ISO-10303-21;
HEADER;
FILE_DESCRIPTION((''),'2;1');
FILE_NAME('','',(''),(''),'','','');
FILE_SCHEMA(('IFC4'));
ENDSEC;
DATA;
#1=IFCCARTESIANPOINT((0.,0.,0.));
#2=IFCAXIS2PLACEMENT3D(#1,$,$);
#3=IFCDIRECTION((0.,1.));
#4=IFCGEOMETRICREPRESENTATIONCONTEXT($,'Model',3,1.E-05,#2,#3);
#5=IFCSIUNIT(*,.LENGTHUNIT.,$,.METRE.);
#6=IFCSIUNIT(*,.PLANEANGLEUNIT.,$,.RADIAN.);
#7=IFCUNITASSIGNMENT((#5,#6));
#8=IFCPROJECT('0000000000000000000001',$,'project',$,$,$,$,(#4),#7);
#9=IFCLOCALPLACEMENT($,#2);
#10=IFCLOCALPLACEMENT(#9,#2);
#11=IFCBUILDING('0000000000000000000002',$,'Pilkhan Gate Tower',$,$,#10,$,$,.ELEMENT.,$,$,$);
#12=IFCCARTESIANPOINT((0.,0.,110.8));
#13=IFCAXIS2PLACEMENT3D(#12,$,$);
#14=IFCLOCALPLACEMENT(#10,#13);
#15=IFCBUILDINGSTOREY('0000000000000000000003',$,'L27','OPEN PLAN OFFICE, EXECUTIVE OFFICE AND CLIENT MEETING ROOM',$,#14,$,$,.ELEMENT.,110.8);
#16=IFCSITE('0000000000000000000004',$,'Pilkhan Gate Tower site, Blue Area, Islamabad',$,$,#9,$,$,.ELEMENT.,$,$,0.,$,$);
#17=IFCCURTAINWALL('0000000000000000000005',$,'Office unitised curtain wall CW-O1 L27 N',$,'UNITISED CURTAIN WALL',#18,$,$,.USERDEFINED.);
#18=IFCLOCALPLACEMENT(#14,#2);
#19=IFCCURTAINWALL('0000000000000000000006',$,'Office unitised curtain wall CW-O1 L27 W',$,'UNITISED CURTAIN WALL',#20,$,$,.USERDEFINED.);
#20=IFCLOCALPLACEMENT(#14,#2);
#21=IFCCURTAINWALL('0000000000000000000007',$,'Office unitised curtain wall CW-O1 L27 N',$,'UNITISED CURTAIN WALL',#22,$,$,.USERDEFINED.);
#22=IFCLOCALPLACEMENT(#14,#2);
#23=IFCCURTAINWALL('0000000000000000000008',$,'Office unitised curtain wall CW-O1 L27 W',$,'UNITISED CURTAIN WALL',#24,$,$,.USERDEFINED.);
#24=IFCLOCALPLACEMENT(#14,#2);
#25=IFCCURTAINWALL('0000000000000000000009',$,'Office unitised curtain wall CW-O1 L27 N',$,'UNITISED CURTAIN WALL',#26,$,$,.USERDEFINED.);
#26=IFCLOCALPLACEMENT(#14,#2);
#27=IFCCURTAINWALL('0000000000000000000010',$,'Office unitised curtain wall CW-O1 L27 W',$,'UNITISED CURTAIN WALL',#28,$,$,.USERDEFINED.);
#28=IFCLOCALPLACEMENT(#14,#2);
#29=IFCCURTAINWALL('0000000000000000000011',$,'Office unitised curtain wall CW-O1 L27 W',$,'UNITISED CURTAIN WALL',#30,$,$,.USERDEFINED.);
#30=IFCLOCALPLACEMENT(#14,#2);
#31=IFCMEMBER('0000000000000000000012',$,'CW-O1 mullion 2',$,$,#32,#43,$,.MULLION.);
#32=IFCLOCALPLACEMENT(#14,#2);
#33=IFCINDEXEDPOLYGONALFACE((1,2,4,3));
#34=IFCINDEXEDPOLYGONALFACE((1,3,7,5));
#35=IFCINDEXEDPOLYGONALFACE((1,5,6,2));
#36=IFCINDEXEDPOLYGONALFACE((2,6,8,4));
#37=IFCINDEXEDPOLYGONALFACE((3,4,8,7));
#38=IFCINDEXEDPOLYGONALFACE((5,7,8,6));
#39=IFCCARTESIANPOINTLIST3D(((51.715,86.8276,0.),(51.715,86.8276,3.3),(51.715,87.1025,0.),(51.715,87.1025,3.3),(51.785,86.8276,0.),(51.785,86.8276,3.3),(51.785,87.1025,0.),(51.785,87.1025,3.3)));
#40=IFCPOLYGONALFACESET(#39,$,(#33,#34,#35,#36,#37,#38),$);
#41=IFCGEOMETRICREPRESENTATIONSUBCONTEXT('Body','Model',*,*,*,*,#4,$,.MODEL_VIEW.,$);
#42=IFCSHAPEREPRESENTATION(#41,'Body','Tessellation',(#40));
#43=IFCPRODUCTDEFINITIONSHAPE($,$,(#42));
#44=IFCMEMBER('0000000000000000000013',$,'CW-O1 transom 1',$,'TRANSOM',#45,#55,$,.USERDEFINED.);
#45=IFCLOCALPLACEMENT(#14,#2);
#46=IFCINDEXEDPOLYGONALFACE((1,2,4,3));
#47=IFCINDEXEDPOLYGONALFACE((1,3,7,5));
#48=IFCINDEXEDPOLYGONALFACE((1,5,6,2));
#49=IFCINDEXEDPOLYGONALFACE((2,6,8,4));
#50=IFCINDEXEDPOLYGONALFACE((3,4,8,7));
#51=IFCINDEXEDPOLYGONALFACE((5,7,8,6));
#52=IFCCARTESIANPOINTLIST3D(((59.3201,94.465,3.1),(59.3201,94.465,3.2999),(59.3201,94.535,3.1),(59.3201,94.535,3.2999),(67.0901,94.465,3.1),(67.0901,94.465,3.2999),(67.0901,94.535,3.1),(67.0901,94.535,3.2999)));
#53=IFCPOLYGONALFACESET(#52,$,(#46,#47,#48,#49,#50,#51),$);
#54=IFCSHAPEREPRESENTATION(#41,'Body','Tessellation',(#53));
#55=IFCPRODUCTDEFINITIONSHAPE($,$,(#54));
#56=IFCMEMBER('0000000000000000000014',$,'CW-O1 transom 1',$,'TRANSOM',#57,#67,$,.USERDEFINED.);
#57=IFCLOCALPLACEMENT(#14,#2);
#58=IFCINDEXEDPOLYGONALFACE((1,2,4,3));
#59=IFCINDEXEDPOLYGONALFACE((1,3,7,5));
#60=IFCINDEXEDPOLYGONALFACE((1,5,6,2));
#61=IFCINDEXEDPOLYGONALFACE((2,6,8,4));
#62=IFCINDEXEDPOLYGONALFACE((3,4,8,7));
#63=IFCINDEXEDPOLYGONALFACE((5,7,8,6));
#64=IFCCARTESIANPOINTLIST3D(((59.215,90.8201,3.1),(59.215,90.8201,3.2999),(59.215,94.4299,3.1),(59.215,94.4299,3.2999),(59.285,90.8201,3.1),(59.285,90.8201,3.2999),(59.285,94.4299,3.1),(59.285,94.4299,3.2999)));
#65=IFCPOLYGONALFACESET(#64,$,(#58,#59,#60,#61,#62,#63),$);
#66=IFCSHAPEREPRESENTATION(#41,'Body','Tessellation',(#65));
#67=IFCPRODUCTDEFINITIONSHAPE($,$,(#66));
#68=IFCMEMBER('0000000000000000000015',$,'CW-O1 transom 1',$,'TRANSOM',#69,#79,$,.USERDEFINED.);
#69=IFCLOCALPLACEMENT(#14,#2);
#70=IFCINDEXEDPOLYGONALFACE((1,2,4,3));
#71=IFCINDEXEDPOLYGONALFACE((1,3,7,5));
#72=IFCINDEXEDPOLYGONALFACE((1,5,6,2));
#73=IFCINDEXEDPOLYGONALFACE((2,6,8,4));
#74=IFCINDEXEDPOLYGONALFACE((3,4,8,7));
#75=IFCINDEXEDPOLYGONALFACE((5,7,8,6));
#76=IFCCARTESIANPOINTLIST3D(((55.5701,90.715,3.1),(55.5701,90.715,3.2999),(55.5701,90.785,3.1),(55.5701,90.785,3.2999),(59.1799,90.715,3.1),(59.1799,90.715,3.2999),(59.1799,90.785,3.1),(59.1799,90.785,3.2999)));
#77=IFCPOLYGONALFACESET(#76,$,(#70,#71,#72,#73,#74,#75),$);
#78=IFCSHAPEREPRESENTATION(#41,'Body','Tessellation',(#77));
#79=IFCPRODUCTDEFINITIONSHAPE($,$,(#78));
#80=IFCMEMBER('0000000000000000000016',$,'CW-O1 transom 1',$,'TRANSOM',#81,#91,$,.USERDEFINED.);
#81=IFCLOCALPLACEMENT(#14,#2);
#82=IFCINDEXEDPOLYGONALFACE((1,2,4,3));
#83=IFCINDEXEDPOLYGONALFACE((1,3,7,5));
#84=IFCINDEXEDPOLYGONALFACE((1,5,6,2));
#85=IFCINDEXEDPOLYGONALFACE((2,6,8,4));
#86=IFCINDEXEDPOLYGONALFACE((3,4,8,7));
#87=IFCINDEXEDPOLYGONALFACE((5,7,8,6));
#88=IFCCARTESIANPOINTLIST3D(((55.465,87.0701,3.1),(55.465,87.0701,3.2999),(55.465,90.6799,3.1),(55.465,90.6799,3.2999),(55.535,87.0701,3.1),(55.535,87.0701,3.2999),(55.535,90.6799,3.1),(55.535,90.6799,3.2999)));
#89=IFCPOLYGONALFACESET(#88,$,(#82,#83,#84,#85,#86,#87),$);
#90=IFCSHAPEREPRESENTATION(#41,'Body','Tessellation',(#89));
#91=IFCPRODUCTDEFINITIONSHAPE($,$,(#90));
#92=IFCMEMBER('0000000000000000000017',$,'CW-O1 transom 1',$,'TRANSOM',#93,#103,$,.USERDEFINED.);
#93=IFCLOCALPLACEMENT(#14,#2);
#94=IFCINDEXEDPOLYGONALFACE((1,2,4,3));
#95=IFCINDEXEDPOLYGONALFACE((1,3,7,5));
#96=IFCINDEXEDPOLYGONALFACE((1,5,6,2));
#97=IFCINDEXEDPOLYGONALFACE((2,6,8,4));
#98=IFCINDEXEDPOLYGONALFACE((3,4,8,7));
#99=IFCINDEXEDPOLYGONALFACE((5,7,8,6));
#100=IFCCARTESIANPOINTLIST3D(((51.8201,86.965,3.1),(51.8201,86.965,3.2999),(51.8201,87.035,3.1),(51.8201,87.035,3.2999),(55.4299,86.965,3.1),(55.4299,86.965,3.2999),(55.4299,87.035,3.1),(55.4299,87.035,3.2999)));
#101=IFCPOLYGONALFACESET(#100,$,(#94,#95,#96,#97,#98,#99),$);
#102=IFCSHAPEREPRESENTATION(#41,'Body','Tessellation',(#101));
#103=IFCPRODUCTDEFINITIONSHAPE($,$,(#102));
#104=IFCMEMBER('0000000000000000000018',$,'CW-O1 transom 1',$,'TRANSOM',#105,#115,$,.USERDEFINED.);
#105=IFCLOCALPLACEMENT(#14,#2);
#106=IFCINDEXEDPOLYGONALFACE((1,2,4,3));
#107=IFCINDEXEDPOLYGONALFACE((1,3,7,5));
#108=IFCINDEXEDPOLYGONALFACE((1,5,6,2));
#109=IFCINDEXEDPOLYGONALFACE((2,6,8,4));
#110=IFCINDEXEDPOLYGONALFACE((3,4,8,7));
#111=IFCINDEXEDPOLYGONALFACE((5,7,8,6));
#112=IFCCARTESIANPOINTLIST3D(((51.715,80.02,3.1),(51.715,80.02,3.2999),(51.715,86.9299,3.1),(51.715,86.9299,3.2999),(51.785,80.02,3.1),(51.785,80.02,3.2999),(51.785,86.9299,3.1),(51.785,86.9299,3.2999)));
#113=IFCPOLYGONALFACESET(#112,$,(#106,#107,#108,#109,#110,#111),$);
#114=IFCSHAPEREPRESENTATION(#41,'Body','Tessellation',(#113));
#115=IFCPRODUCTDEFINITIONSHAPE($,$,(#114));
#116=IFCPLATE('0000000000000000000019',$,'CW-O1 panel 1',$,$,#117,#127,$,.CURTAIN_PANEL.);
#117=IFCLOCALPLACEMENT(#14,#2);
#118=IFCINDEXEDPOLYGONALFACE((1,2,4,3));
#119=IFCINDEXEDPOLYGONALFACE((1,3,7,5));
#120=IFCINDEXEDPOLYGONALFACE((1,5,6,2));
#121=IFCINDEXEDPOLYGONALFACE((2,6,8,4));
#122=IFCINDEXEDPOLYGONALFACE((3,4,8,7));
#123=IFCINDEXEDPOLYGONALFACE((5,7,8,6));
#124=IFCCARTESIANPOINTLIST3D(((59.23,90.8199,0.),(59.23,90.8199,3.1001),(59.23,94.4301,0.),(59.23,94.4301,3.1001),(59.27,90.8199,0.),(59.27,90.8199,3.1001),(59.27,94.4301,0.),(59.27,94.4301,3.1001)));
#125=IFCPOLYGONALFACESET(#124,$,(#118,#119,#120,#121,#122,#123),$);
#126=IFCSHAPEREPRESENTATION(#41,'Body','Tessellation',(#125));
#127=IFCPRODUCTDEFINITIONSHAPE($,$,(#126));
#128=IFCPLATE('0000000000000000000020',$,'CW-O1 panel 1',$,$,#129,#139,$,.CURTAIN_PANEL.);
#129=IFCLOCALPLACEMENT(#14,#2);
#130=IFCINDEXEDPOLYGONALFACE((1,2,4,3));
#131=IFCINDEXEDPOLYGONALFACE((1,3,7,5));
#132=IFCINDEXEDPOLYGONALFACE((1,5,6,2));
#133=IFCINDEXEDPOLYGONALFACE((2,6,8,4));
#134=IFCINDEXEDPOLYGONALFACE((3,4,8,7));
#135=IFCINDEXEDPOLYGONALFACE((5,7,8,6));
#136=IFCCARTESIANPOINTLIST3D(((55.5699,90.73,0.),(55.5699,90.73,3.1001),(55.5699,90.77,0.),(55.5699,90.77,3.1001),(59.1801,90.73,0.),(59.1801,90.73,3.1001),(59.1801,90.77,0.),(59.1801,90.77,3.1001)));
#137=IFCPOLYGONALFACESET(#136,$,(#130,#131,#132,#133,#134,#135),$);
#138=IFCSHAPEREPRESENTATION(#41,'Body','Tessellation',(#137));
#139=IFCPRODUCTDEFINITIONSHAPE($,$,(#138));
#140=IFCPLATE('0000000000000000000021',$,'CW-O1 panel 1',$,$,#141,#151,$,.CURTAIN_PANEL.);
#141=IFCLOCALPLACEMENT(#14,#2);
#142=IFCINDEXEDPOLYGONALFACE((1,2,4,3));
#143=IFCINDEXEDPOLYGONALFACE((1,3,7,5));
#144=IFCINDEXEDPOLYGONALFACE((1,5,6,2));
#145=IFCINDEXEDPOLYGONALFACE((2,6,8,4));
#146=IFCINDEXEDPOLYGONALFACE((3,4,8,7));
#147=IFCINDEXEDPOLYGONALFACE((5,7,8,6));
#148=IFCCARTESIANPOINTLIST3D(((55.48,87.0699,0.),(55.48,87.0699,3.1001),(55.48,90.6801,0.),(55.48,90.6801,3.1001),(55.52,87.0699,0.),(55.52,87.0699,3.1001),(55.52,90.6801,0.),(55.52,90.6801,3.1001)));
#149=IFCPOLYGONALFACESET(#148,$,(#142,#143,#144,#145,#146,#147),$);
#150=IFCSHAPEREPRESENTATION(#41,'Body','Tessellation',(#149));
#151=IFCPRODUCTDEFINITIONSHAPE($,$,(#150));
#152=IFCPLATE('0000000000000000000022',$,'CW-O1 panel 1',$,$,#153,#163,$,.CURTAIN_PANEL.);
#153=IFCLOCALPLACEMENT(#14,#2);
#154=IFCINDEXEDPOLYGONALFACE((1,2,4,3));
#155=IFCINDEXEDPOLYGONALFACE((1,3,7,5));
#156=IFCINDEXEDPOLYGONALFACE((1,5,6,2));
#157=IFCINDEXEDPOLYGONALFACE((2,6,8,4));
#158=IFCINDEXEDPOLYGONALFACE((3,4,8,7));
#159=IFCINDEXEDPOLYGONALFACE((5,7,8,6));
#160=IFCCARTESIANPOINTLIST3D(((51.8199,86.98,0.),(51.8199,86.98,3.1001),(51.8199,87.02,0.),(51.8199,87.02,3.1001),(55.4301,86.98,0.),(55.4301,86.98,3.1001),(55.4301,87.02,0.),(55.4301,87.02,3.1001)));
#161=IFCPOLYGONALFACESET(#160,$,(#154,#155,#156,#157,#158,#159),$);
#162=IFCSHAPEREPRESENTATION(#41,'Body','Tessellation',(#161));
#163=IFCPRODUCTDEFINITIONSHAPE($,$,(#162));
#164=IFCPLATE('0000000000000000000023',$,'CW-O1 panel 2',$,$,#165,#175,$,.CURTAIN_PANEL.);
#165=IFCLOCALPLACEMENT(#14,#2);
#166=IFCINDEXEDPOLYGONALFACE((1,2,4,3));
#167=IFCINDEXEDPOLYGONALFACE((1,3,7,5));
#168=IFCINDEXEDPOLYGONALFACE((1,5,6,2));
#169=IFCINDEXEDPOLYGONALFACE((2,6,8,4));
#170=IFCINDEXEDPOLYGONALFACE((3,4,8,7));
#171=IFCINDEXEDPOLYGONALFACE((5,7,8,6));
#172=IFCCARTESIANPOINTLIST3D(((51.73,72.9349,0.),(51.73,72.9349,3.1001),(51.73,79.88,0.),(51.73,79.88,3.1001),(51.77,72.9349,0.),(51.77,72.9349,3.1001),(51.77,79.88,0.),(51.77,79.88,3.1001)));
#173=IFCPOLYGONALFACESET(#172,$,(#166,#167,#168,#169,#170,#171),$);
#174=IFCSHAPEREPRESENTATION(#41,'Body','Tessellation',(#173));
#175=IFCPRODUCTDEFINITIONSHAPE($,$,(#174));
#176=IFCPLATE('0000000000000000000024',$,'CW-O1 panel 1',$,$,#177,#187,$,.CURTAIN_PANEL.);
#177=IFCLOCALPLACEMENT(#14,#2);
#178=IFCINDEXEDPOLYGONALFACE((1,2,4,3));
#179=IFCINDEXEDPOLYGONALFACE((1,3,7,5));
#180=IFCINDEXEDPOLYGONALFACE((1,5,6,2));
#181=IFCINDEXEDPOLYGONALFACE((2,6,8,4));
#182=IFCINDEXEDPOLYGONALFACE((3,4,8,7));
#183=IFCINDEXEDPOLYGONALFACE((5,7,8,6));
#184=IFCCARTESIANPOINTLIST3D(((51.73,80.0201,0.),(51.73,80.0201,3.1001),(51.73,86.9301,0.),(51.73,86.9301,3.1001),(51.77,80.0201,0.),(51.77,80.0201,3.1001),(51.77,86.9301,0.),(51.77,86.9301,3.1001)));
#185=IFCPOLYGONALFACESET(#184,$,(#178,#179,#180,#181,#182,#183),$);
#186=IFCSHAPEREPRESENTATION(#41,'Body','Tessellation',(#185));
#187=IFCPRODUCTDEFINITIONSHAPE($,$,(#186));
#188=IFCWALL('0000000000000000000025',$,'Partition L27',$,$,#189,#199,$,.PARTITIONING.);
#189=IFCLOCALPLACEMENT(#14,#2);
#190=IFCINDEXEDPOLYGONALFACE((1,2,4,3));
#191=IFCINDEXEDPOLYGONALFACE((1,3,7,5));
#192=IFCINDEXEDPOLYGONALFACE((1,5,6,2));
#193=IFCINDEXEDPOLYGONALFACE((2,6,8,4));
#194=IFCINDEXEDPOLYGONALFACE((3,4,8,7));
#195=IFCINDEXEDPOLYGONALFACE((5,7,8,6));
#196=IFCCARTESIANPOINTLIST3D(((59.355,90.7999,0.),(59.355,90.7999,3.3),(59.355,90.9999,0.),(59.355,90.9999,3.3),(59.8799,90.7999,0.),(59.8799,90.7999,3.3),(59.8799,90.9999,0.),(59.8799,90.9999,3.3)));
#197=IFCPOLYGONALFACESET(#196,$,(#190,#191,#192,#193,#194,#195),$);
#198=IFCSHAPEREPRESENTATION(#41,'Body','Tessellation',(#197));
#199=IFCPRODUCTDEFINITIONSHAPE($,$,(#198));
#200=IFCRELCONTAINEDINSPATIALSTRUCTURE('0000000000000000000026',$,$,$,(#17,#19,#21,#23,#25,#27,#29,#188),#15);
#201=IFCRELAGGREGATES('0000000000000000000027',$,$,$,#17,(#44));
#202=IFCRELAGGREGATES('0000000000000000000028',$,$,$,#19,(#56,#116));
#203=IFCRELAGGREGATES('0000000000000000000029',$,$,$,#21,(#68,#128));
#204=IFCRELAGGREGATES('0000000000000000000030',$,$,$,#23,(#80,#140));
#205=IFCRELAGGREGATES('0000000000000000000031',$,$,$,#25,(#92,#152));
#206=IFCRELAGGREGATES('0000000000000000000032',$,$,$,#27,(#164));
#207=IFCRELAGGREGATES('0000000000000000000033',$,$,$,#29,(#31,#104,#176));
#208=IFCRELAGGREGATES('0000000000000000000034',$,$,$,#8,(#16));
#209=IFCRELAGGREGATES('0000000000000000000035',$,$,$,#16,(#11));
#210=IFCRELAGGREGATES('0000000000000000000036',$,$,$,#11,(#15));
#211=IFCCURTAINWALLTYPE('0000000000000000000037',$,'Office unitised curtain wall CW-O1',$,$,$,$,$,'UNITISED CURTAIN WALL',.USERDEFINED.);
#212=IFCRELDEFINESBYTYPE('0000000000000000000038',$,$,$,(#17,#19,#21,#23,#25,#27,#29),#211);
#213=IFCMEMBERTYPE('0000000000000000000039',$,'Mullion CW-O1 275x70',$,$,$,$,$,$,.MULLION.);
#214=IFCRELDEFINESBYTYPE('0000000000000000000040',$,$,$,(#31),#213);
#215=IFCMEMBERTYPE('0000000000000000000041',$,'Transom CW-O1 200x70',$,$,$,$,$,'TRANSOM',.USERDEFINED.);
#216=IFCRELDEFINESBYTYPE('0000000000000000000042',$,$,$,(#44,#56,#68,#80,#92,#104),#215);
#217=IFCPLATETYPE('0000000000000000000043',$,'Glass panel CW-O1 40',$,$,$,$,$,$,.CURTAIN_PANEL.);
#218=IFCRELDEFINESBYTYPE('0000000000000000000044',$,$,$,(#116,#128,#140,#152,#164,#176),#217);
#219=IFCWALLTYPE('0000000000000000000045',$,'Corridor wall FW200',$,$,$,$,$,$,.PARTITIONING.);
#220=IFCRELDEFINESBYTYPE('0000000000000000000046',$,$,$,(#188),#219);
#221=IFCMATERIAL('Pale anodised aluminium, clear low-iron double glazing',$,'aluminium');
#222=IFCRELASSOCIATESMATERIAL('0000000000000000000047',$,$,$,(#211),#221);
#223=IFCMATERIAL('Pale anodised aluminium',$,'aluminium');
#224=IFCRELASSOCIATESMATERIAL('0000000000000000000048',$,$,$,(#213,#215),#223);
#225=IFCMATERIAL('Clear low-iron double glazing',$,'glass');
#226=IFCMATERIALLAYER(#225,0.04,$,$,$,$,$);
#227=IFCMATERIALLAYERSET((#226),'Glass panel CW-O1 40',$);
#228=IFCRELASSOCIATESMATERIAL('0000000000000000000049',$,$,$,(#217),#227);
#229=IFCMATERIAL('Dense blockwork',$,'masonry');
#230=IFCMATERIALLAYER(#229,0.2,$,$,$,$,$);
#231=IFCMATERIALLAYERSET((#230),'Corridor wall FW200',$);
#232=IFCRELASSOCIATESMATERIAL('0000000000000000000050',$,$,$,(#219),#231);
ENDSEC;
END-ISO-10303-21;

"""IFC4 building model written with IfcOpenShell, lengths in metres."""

from ifc_helpers import new_model, si_unit, direction, frame, frame_2d, origin, origin_2d, place, context, subcontext, project, spatial, rectangle, extrude, material, layer, layer_set, material_profile, profile_set, type_object, element, aggregate, save


model = new_model("IFC4")

# Units and contexts
model_context = context("Model", 3, precision=1e-05, world=origin(), true_north=direction((0.0, 1.0)))
body_context = subcontext(model_context, "Body", "Model", "MODEL_VIEW")
ifc_project = project(units=[si_unit("LENGTHUNIT", "METRE"), si_unit("PLANEANGLEUNIT", "RADIAN")], contexts=[model_context])

# Site, building, storey
site_placement = place(None, origin())
site = spatial("IfcSite", under=ifc_project, at=site_placement, Name="Pilkhan Gate Tower site, Blue Area, Islamabad", CompositionType="ELEMENT", RefElevation=0.0)
building_placement = place(site_placement, origin())
building = spatial("IfcBuilding", under=site, at=building_placement, Name="Pilkhan Gate Tower", CompositionType="ELEMENT")
storey_placement = place(building_placement, frame((0.0, 0.0, 110.8)))
storey = spatial("IfcBuildingStorey", under=building, at=storey_placement, Name="L27", Description="OPEN PLAN OFFICE, EXECUTIVE OFFICE AND CLIENT MEETING ROOM", CompositionType="ELEMENT", Elevation=110.8)

# Curtain wall
ifc_material_1 = material(Name="Pale anodised aluminium, clear low-iron double glazing", Category="aluminium")
curtain_wall_type = type_object("IfcCurtainWallType", Name="Office unitised curtain wall CW-O1", ElementType="UNITISED CURTAIN WALL", PredefinedType="USERDEFINED", material=ifc_material_1)
curtain_wall_1_placement = place(storey_placement, origin())
curtain_wall_1 = element("IfcCurtainWall", 1, at=curtain_wall_1_placement, inside=storey, type_object=curtain_wall_type, Name="Office unitised curtain wall CW-O1 L27 N", ObjectType="UNITISED CURTAIN WALL", PredefinedType="USERDEFINED")
ifc_material_2 = material(Name="Pale anodised aluminium", Category="aluminium")
ifc_material_profile_1 = material_profile(ifc_material_2, rectangle(XDim=0.0701, YDim=0.2749, at=origin_2d()), Name="Mullion 275x70")
ifc_profile_set_1 = profile_set([ifc_material_profile_1], Name="Pale anodised aluminium")
member_type_1 = type_object("IfcMemberType", Name="Mullion CW-O1 275x70", PredefinedType="MULLION", material=ifc_profile_set_1)

# Curtain walls
curtain_wall_2_placement = place(storey_placement, origin())
curtain_wall_2 = element("IfcCurtainWall", 2, at=curtain_wall_2_placement, inside=storey, type_object=curtain_wall_type, Name="Office unitised curtain wall CW-O1 L27 W", ObjectType="UNITISED CURTAIN WALL", PredefinedType="USERDEFINED")
curtain_wall_3_placement = place(storey_placement, origin())
curtain_wall_3 = element("IfcCurtainWall", 3, at=curtain_wall_3_placement, inside=storey, type_object=curtain_wall_type, Name="Office unitised curtain wall CW-O1 L27 N", ObjectType="UNITISED CURTAIN WALL", PredefinedType="USERDEFINED")
curtain_wall_4_placement = place(storey_placement, origin())
curtain_wall_4 = element("IfcCurtainWall", 4, at=curtain_wall_4_placement, inside=storey, type_object=curtain_wall_type, Name="Office unitised curtain wall CW-O1 L27 W", ObjectType="UNITISED CURTAIN WALL", PredefinedType="USERDEFINED")
curtain_wall_5_placement = place(storey_placement, origin())
curtain_wall_5 = element("IfcCurtainWall", 5, at=curtain_wall_5_placement, inside=storey, type_object=curtain_wall_type, Name="Office unitised curtain wall CW-O1 L27 N", ObjectType="UNITISED CURTAIN WALL", PredefinedType="USERDEFINED")

# Curtain wall
curtain_wall_6_placement = place(storey_placement, origin())
curtain_wall_6 = element("IfcCurtainWall", 6, at=curtain_wall_6_placement, inside=storey, type_object=curtain_wall_type, Name="Office unitised curtain wall CW-O1 L27 W", ObjectType="UNITISED CURTAIN WALL", PredefinedType="USERDEFINED")

# Curtain wall, member
curtain_wall_7_placement = place(storey_placement, origin())
curtain_wall_7 = element("IfcCurtainWall", 7, at=curtain_wall_7_placement, inside=storey, type_object=curtain_wall_type, Name="Office unitised curtain wall CW-O1 L27 W", ObjectType="UNITISED CURTAIN WALL", PredefinedType="USERDEFINED")
member_1_placement = place(storey_placement, frame((51.75, 86.9651, 0.0), z_axis=(0.0, 0.0, 1.0), x_axis=(-1.0, 0.0, 0.0)))
member_1 = element("IfcMember", 8, at=member_1_placement, type_object=member_type_1, Name="CW-O1 mullion 2", PredefinedType="MULLION", context=body_context, shape_type="SweptSolid", body=[
    extrude(rectangle(XDim=0.0701, YDim=0.2749, at=origin_2d()), origin(), (0.0, 0.0, 1.0), 3.3),
])

# Members
ifc_material_profile_2 = material_profile(ifc_material_2, rectangle(XDim=0.0701, YDim=0.2, at=origin_2d()), Name="Transom 200x70")
ifc_profile_set_2 = profile_set([ifc_material_profile_2], Name="Pale anodised aluminium")
member_type_2 = type_object("IfcMemberType", Name="Transom CW-O1 200x70", ElementType="TRANSOM", PredefinedType="USERDEFINED", material=ifc_profile_set_2)
member_2_placement = place(storey_placement, frame((59.3201, 94.5, 3.2), z_axis=(1.0, 0.0, 0.0), x_axis=(0.0, 1.0, 0.0)))
member_2 = element("IfcMember", 9, at=member_2_placement, type_object=member_type_2, Name="CW-O1 transom 1", ObjectType="TRANSOM", PredefinedType="USERDEFINED", context=body_context, shape_type="SweptSolid", body=[
    extrude(rectangle(XDim=0.0701, YDim=0.2, at=origin_2d()), origin(), (0.0, 0.0, 1.0), 7.77),
])
aggregate(curtain_wall_1, [member_2])
member_3_placement = place(storey_placement, frame((59.25, 90.8201, 3.2), z_axis=(0.0, 1.0, 0.0), x_axis=(-1.0, 0.0, 0.0)))
member_3 = element("IfcMember", 10, at=member_3_placement, type_object=member_type_2, Name="CW-O1 transom 1", ObjectType="TRANSOM", PredefinedType="USERDEFINED", context=body_context, shape_type="SweptSolid", body=[
    extrude(rectangle(XDim=0.0701, YDim=0.2, at=origin_2d()), origin(), (0.0, 0.0, 1.0), 3.6099),
])
member_4_placement = place(storey_placement, frame((55.5701, 90.75, 3.2), z_axis=(1.0, 0.0, 0.0), x_axis=(0.0, 1.0, 0.0)))
member_4 = element("IfcMember", 11, at=member_4_placement, type_object=member_type_2, Name="CW-O1 transom 1", ObjectType="TRANSOM", PredefinedType="USERDEFINED", context=body_context, shape_type="SweptSolid", body=[
    extrude(rectangle(XDim=0.0701, YDim=0.2, at=origin_2d()), origin(), (0.0, 0.0, 1.0), 3.6099),
])
member_5_placement = place(storey_placement, frame((55.5, 87.0701, 3.2), z_axis=(0.0, 1.0, 0.0), x_axis=(-1.0, 0.0, 0.0)))
member_5 = element("IfcMember", 12, at=member_5_placement, type_object=member_type_2, Name="CW-O1 transom 1", ObjectType="TRANSOM", PredefinedType="USERDEFINED", context=body_context, shape_type="SweptSolid", body=[
    extrude(rectangle(XDim=0.0701, YDim=0.2, at=origin_2d()), origin(), (0.0, 0.0, 1.0), 3.6099),
])
member_6_placement = place(storey_placement, frame((51.8201, 87.0, 3.2), z_axis=(1.0, 0.0, 0.0), x_axis=(0.0, 1.0, 0.0)))
member_6 = element("IfcMember", 13, at=member_6_placement, type_object=member_type_2, Name="CW-O1 transom 1", ObjectType="TRANSOM", PredefinedType="USERDEFINED", context=body_context, shape_type="SweptSolid", body=[
    extrude(rectangle(XDim=0.0701, YDim=0.2, at=origin_2d()), origin(), (0.0, 0.0, 1.0), 3.6099),
])
member_7_placement = place(storey_placement, frame((51.75, 80.02, 3.2), z_axis=(0.0, 1.0, 0.0), x_axis=(-1.0, 0.0, 0.0)))
member_7 = element("IfcMember", 14, at=member_7_placement, type_object=member_type_2, Name="CW-O1 transom 1", ObjectType="TRANSOM", PredefinedType="USERDEFINED", context=body_context, shape_type="SweptSolid", body=[
    extrude(rectangle(XDim=0.0701, YDim=0.2, at=origin_2d()), origin(), (0.0, 0.0, 1.0), 6.9099),
])

# Plates
ifc_material_3 = material(Name="Clear low-iron double glazing", Category="glass")
ifc_layer_1 = layer(ifc_material_3, 0.04)
ifc_layer_set_1 = layer_set([ifc_layer_1], Name="Glass panel CW-O1 40")
plate_type = type_object("IfcPlateType", Name="Glass panel CW-O1 40", PredefinedType="CURTAIN_PANEL", material=ifc_layer_set_1)
plate_1_placement = place(storey_placement, frame((59.25, 92.625, 0.0), z_axis=(0.0, 0.0, 1.0), x_axis=(0.0, 1.0, 0.0)))
plate_1 = element("IfcPlate", 15, at=plate_1_placement, type_object=plate_type, Name="CW-O1 panel 1", PredefinedType="CURTAIN_PANEL", context=body_context, shape_type="SweptSolid", body=[
    extrude(rectangle(XDim=3.6101, YDim=0.04, at=origin_2d()), origin(), (0.0, 0.0, 1.0), 3.1001),
])
aggregate(curtain_wall_2, [member_3, plate_1])
plate_2_placement = place(storey_placement, frame((57.375, 90.75, 0.0), z_axis=(0.0, 0.0, 1.0), x_axis=(1.0, 0.0, 0.0)))
plate_2 = element("IfcPlate", 16, at=plate_2_placement, type_object=plate_type, Name="CW-O1 panel 1", PredefinedType="CURTAIN_PANEL", context=body_context, shape_type="SweptSolid", body=[
    extrude(rectangle(XDim=3.6101, YDim=0.04, at=origin_2d()), origin(), (0.0, 0.0, 1.0), 3.1001),
])
aggregate(curtain_wall_3, [member_4, plate_2])
plate_3_placement = place(storey_placement, frame((55.5, 88.875, 0.0), z_axis=(0.0, 0.0, 1.0), x_axis=(0.0, 1.0, 0.0)))
plate_3 = element("IfcPlate", 17, at=plate_3_placement, type_object=plate_type, Name="CW-O1 panel 1", PredefinedType="CURTAIN_PANEL", context=body_context, shape_type="SweptSolid", body=[
    extrude(rectangle(XDim=3.6101, YDim=0.04, at=origin_2d()), origin(), (0.0, 0.0, 1.0), 3.1001),
])
aggregate(curtain_wall_4, [member_5, plate_3])
plate_4_placement = place(storey_placement, frame((53.625, 87.0, 0.0), z_axis=(0.0, 0.0, 1.0), x_axis=(1.0, 0.0, 0.0)))
plate_4 = element("IfcPlate", 18, at=plate_4_placement, type_object=plate_type, Name="CW-O1 panel 1", PredefinedType="CURTAIN_PANEL", context=body_context, shape_type="SweptSolid", body=[
    extrude(rectangle(XDim=3.6101, YDim=0.04, at=origin_2d()), origin(), (0.0, 0.0, 1.0), 3.1001),
])
aggregate(curtain_wall_5, [member_6, plate_4])
plate_5_placement = place(storey_placement, frame((51.75, 76.4075, 0.0), z_axis=(0.0, 0.0, 1.0), x_axis=(0.0, 1.0, 0.0)))
plate_5 = element("IfcPlate", 19, at=plate_5_placement, type_object=plate_type, Name="CW-O1 panel 2", PredefinedType="CURTAIN_PANEL", context=body_context, shape_type="SweptSolid", body=[
    extrude(rectangle(XDim=6.9451, YDim=0.04, at=origin_2d()), origin(), (0.0, 0.0, 1.0), 3.1001),
])
aggregate(curtain_wall_6, [plate_5])
plate_6_placement = place(storey_placement, frame((51.75, 83.4751, 0.0), z_axis=(0.0, 0.0, 1.0), x_axis=(0.0, 1.0, 0.0)))
plate_6 = element("IfcPlate", 20, at=plate_6_placement, type_object=plate_type, Name="CW-O1 panel 1", PredefinedType="CURTAIN_PANEL", context=body_context, shape_type="SweptSolid", body=[
    extrude(rectangle(XDim=6.9099, YDim=0.04, at=origin_2d()), origin(), (0.0, 0.0, 1.0), 3.1001),
])
aggregate(curtain_wall_7, [member_1, member_7, plate_6])

# Wall
ifc_material_4 = material(Name="Dense blockwork", Category="masonry")
ifc_layer_2 = layer(ifc_material_4, 0.2)
ifc_layer_set_2 = layer_set([ifc_layer_2], Name="Corridor wall FW200")
wall_type_1 = type_object("IfcWallType", Name="Corridor wall FW200", PredefinedType="PARTITIONING", material=ifc_layer_set_2)
wall_1_placement = place(storey_placement, frame((59.355, 90.8999, 0.0), z_axis=(0.0, 0.0, 1.0), x_axis=(1.0, 0.0, 0.0)))
element("IfcWall", 21, at=wall_1_placement, inside=storey, type_object=wall_type_1, Name="Partition L27", PredefinedType="PARTITIONING", context=body_context, shape_type="SweptSolid", body=[
    extrude(rectangle(XDim=0.5249, YDim=0.2, at=frame_2d((0.2625, 0.0))), origin(), (0.0, 0.0, 1.0), 3.3),
])

save(model, "model.ifc")
